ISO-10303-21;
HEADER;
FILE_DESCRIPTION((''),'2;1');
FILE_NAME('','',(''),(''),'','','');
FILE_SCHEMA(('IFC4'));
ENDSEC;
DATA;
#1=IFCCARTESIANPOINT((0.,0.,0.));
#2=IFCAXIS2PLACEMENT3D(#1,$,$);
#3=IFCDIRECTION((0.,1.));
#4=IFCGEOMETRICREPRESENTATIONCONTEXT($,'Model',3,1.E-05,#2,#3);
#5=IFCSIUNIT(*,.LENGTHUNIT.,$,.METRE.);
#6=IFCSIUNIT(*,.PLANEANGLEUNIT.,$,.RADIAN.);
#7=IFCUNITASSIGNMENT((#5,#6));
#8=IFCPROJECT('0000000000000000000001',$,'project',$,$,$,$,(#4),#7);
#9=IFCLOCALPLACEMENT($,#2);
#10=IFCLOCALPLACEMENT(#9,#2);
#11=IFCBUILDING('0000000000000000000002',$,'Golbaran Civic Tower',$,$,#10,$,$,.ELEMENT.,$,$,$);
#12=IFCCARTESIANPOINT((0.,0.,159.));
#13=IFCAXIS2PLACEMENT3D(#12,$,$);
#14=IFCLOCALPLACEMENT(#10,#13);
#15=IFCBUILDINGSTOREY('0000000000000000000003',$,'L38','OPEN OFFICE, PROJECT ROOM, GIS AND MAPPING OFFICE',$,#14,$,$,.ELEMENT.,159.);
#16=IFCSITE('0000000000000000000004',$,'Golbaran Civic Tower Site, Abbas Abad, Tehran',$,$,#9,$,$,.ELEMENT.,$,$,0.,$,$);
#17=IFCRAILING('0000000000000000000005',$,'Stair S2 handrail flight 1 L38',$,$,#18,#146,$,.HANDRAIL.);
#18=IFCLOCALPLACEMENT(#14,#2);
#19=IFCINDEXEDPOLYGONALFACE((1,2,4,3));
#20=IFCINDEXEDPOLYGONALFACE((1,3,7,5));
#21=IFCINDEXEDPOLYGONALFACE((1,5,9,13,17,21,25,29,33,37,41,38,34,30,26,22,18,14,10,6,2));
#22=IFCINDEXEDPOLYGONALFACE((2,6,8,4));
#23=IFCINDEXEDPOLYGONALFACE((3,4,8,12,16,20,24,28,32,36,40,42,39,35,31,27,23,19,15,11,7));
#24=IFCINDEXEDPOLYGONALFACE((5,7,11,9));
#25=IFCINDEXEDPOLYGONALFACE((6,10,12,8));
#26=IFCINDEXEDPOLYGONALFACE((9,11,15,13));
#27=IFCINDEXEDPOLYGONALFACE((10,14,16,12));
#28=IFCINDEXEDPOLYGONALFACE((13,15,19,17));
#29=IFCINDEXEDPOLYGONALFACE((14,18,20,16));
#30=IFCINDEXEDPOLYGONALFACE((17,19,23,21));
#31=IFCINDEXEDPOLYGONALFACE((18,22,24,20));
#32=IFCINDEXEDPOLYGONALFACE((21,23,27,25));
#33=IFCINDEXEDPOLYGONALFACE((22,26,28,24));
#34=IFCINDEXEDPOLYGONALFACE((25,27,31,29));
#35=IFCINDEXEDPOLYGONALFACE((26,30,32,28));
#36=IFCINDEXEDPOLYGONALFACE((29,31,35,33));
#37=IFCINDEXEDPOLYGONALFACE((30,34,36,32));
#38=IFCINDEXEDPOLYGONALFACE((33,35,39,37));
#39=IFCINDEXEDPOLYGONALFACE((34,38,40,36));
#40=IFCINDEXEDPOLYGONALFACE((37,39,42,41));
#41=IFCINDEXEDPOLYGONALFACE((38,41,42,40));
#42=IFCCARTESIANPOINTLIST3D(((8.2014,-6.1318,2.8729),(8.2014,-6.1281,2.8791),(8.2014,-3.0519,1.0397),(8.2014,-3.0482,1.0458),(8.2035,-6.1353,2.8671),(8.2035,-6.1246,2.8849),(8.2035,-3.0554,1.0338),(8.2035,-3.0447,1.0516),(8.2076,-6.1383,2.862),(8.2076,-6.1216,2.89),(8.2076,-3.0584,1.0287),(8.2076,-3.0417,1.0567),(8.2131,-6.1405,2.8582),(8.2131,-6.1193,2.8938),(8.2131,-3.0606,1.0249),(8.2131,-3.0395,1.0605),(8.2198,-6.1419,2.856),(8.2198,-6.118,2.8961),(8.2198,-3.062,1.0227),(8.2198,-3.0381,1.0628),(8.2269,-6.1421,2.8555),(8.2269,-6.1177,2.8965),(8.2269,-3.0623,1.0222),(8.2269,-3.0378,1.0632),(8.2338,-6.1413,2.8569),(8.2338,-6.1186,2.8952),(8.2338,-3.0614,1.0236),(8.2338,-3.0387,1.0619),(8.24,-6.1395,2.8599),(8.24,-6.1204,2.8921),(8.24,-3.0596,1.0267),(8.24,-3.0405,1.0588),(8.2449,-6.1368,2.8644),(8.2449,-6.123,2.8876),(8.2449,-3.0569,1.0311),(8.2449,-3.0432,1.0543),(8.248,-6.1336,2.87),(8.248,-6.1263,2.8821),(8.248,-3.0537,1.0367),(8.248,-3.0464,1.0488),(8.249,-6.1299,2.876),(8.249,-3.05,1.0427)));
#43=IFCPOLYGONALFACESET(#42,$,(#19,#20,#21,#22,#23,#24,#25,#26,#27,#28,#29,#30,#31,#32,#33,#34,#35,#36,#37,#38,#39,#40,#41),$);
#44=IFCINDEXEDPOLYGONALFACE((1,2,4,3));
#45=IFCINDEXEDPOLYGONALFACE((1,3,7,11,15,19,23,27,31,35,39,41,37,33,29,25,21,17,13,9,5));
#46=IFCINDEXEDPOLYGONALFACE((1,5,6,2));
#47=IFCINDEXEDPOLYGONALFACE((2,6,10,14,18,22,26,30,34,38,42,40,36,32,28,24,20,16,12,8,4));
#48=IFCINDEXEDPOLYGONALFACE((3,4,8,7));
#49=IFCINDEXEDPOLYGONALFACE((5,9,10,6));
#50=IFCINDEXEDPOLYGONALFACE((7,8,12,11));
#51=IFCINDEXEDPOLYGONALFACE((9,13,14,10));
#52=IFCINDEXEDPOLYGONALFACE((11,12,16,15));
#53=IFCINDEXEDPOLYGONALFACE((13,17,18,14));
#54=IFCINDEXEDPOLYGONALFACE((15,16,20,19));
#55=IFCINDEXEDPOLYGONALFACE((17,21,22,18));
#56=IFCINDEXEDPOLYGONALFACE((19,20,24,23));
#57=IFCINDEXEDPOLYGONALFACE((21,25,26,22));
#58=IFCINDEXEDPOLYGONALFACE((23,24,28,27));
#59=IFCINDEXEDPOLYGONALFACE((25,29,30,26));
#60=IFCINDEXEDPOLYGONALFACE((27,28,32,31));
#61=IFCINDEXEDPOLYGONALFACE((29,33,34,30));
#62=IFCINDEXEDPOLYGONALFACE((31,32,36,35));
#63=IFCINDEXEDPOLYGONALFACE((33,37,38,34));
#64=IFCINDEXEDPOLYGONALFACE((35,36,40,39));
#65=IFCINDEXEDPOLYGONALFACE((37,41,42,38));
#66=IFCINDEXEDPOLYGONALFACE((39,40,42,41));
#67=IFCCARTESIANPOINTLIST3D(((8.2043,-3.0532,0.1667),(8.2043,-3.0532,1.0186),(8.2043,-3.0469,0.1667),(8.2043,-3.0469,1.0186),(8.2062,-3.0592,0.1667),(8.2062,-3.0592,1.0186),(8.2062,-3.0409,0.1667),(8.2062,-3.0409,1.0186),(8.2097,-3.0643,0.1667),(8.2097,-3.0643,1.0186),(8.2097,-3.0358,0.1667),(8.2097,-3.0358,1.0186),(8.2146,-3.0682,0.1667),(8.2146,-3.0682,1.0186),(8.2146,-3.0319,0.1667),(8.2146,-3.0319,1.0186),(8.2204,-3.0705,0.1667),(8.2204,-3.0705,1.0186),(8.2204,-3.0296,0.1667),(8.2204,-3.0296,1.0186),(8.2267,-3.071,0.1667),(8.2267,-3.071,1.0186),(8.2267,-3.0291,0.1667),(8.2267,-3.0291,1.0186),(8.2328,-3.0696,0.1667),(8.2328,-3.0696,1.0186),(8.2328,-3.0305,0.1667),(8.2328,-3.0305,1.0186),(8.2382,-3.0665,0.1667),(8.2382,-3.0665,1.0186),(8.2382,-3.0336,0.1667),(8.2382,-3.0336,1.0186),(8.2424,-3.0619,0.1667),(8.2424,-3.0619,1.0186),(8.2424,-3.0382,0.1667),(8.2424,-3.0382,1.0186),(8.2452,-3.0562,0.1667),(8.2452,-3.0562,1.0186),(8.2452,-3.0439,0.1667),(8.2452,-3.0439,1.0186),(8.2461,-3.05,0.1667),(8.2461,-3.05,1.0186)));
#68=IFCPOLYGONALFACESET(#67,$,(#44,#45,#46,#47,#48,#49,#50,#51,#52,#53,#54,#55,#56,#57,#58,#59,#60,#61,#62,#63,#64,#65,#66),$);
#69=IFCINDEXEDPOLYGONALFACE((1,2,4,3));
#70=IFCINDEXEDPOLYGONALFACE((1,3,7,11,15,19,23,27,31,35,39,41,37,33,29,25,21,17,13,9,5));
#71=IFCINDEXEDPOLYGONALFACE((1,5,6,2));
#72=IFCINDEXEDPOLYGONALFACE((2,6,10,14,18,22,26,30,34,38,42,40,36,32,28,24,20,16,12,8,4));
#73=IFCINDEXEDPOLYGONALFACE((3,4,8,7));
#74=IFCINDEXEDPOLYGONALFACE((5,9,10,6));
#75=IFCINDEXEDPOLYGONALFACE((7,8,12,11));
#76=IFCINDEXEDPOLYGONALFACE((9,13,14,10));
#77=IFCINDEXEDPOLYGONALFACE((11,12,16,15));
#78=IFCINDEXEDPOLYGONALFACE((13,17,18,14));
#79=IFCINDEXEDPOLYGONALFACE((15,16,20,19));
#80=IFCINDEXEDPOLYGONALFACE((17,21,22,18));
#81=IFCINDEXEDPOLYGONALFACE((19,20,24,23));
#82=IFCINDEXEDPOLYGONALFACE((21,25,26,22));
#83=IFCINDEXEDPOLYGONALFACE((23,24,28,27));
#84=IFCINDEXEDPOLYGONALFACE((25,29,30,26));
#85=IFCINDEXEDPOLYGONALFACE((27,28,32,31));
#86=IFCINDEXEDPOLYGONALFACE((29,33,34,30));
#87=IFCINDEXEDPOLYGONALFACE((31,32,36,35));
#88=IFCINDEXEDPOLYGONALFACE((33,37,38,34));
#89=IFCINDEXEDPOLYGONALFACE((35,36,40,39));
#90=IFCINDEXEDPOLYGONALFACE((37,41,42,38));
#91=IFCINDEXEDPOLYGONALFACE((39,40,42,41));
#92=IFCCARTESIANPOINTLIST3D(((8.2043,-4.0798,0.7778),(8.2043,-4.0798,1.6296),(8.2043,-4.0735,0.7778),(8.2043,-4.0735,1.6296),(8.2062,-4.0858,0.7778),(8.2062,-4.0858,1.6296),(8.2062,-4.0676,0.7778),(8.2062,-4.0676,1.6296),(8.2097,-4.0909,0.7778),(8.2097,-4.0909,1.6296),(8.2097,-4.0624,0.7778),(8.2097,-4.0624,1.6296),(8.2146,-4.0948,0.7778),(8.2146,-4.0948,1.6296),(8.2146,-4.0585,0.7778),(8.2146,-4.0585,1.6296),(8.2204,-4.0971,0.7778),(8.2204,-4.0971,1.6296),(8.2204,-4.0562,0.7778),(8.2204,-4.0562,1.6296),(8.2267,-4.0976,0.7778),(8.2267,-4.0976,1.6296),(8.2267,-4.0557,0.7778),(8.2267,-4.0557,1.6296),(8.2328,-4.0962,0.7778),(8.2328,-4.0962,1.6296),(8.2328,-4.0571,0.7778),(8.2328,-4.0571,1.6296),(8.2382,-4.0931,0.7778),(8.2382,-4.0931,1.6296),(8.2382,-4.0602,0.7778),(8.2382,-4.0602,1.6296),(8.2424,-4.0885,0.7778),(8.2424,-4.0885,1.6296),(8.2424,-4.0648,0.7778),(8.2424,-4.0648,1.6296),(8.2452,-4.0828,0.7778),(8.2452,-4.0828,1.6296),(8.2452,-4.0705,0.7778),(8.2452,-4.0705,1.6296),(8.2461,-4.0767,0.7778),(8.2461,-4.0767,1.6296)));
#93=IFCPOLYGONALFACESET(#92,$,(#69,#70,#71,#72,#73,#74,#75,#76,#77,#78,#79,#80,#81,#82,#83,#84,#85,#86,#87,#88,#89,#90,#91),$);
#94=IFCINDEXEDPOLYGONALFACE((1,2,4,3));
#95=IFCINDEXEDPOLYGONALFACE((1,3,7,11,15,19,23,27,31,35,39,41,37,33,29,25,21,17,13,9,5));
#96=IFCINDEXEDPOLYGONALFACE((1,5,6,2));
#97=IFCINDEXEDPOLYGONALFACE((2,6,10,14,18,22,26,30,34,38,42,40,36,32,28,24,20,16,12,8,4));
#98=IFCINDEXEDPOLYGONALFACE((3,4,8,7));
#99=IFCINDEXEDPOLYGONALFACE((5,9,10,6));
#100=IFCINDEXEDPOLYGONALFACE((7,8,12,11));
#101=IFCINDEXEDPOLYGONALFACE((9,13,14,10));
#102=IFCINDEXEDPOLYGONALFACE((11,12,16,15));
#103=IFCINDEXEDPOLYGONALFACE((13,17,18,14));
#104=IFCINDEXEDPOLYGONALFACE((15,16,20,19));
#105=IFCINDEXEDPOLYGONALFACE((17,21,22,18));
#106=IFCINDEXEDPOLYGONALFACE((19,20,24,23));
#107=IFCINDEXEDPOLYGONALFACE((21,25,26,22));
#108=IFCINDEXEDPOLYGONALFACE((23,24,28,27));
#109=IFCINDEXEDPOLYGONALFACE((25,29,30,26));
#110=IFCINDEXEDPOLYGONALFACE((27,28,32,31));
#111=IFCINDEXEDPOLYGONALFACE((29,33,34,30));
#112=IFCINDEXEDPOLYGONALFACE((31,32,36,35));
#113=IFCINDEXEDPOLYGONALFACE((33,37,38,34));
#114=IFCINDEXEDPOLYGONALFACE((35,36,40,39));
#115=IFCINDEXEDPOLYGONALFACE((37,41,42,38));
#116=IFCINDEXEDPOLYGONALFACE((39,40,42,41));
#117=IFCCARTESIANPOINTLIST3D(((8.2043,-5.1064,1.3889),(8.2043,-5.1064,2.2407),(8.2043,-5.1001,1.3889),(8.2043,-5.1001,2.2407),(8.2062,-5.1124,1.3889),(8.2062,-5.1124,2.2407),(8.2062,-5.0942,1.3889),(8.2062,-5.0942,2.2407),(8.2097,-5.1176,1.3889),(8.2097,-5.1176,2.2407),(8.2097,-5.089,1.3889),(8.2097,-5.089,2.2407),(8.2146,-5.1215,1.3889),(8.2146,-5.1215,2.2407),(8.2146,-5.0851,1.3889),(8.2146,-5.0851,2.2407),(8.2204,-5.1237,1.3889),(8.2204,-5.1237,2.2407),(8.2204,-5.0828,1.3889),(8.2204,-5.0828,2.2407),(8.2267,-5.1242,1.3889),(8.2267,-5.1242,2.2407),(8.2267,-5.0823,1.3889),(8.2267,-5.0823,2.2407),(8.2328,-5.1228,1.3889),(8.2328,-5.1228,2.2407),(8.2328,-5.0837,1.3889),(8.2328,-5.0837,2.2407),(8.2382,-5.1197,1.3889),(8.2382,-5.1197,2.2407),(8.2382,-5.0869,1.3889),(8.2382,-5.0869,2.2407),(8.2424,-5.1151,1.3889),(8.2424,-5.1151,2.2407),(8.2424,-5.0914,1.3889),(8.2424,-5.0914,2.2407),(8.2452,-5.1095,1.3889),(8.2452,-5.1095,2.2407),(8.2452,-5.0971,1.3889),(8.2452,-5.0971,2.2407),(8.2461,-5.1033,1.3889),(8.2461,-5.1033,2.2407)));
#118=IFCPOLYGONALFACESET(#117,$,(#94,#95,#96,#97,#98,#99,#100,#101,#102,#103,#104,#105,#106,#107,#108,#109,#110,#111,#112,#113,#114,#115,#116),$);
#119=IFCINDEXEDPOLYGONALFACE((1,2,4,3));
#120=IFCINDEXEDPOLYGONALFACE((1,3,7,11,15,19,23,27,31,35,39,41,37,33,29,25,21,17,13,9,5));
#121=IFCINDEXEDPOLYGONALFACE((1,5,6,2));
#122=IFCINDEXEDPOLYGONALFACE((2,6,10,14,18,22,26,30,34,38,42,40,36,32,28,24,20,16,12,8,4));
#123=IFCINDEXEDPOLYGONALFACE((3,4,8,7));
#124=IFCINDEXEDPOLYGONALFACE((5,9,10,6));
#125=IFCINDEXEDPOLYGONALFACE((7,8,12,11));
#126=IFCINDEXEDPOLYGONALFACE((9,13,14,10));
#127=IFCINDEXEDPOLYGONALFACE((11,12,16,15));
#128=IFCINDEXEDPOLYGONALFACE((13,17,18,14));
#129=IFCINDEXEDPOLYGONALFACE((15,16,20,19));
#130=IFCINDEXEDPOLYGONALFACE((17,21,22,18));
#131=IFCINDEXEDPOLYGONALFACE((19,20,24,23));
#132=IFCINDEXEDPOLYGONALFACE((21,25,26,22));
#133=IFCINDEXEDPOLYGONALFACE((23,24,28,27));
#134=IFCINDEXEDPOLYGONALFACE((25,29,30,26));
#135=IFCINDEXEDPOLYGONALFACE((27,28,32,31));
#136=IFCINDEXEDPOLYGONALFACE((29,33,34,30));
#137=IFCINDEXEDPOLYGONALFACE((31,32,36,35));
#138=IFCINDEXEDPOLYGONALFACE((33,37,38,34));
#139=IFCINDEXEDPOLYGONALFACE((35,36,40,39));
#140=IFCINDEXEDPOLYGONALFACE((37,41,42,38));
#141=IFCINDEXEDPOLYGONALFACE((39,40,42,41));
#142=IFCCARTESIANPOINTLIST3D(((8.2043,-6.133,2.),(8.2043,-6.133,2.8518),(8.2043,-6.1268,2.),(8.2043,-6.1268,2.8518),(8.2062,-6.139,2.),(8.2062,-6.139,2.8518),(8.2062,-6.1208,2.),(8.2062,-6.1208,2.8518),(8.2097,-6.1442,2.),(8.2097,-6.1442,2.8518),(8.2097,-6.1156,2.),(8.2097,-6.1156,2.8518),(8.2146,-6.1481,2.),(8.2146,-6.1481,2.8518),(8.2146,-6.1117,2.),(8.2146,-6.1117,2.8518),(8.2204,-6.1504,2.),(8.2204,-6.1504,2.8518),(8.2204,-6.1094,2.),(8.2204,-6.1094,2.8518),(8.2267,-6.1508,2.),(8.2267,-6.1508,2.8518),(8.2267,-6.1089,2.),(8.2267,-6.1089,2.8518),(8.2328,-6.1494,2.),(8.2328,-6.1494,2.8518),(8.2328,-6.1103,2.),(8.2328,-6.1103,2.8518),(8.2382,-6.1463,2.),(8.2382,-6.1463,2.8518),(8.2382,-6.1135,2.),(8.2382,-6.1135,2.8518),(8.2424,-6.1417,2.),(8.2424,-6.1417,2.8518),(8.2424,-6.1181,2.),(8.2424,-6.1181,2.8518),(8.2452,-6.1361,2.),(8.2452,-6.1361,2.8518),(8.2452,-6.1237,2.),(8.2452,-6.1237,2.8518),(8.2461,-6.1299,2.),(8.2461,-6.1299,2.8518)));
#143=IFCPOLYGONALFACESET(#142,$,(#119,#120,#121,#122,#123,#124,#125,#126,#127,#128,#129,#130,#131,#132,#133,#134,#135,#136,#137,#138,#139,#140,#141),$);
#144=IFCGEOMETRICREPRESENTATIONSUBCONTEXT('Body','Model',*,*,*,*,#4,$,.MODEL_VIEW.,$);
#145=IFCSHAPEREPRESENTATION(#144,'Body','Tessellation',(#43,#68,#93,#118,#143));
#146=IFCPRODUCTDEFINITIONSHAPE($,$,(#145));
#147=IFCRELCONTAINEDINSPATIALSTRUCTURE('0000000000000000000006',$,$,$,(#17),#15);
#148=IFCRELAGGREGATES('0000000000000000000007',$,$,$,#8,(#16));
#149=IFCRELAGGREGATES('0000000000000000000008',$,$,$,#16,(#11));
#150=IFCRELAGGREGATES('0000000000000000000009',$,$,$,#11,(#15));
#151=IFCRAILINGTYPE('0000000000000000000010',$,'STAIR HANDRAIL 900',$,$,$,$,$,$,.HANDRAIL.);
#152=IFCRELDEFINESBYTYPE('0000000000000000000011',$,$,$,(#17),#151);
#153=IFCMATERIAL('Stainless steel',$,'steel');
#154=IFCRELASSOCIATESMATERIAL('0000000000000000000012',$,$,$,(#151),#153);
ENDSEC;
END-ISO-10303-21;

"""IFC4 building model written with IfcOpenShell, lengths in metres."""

from ifc_helpers import new_model, si_unit, direction, frame, origin, origin_2d, place, context, subcontext, project, spatial, circle, extrude, material, type_object, element, save


model = new_model("IFC4")

# Units and contexts
model_context = context("Model", 3, precision=1e-05, world=origin(), true_north=direction((0.0, 1.0)))
body_context = subcontext(model_context, "Body", "Model", "MODEL_VIEW")
ifc_project = project(units=[si_unit("LENGTHUNIT", "METRE"), si_unit("PLANEANGLEUNIT", "RADIAN")], contexts=[model_context])

# Site, building, storey
site_placement = place(None, origin())
site = spatial("IfcSite", under=ifc_project, at=site_placement, Name="Golbaran Civic Tower Site, Abbas Abad, Tehran", CompositionType="ELEMENT", RefElevation=0.0)
building_placement = place(site_placement, origin())
building = spatial("IfcBuilding", under=site, at=building_placement, Name="Golbaran Civic Tower", CompositionType="ELEMENT")
storey_placement = place(building_placement, frame((0.0, 0.0, 159.0)))
storey = spatial("IfcBuildingStorey", under=building, at=storey_placement, Name="L38", Description="OPEN OFFICE, PROJECT ROOM, GIS AND MAPPING OFFICE", CompositionType="ELEMENT", Elevation=159.0)

# Railing
ifc_material_1 = material(Name="Stainless steel", Category="steel")
railing_type = type_object("IfcRailingType", Name="STAIR HANDRAIL 900", PredefinedType="HANDRAIL", material=ifc_material_1)
railing_placement = place(storey_placement, frame((8.2251, -3.05, 0.1667)))
element("IfcRailing", 1, at=railing_placement, inside=storey, type_object=railing_type, Name="Stair S2 handrail flight 1 L38", PredefinedType="HANDRAIL", context=body_context, shape_type="SweptSolid", body=[
    extrude(circle(Radius=0.0239, at=origin_2d()), frame((0.0, 0.0, 0.876), z_axis=(0.0, -0.859291, 0.511487), x_axis=(1.0, 0.0, 0.0)), (0.0, 0.0, 1.0), 3.5842),
    extrude(circle(Radius=0.021, at=origin_2d()), origin(), (0.0, 0.0, 1.0), 0.8518),
    extrude(circle(Radius=0.021, at=origin_2d()), frame((0.0, -1.0266, 0.6111)), (0.0, 0.0, 1.0), 0.8518),
    extrude(circle(Radius=0.021, at=origin_2d()), frame((0.0, -2.0532, 1.2222)), (0.0, 0.0, 1.0), 0.8518),
    extrude(circle(Radius=0.021, at=origin_2d()), frame((0.0, -3.0798, 1.8333)), (0.0, 0.0, 1.0), 0.8518),
])

save(model, "model.ifc")
